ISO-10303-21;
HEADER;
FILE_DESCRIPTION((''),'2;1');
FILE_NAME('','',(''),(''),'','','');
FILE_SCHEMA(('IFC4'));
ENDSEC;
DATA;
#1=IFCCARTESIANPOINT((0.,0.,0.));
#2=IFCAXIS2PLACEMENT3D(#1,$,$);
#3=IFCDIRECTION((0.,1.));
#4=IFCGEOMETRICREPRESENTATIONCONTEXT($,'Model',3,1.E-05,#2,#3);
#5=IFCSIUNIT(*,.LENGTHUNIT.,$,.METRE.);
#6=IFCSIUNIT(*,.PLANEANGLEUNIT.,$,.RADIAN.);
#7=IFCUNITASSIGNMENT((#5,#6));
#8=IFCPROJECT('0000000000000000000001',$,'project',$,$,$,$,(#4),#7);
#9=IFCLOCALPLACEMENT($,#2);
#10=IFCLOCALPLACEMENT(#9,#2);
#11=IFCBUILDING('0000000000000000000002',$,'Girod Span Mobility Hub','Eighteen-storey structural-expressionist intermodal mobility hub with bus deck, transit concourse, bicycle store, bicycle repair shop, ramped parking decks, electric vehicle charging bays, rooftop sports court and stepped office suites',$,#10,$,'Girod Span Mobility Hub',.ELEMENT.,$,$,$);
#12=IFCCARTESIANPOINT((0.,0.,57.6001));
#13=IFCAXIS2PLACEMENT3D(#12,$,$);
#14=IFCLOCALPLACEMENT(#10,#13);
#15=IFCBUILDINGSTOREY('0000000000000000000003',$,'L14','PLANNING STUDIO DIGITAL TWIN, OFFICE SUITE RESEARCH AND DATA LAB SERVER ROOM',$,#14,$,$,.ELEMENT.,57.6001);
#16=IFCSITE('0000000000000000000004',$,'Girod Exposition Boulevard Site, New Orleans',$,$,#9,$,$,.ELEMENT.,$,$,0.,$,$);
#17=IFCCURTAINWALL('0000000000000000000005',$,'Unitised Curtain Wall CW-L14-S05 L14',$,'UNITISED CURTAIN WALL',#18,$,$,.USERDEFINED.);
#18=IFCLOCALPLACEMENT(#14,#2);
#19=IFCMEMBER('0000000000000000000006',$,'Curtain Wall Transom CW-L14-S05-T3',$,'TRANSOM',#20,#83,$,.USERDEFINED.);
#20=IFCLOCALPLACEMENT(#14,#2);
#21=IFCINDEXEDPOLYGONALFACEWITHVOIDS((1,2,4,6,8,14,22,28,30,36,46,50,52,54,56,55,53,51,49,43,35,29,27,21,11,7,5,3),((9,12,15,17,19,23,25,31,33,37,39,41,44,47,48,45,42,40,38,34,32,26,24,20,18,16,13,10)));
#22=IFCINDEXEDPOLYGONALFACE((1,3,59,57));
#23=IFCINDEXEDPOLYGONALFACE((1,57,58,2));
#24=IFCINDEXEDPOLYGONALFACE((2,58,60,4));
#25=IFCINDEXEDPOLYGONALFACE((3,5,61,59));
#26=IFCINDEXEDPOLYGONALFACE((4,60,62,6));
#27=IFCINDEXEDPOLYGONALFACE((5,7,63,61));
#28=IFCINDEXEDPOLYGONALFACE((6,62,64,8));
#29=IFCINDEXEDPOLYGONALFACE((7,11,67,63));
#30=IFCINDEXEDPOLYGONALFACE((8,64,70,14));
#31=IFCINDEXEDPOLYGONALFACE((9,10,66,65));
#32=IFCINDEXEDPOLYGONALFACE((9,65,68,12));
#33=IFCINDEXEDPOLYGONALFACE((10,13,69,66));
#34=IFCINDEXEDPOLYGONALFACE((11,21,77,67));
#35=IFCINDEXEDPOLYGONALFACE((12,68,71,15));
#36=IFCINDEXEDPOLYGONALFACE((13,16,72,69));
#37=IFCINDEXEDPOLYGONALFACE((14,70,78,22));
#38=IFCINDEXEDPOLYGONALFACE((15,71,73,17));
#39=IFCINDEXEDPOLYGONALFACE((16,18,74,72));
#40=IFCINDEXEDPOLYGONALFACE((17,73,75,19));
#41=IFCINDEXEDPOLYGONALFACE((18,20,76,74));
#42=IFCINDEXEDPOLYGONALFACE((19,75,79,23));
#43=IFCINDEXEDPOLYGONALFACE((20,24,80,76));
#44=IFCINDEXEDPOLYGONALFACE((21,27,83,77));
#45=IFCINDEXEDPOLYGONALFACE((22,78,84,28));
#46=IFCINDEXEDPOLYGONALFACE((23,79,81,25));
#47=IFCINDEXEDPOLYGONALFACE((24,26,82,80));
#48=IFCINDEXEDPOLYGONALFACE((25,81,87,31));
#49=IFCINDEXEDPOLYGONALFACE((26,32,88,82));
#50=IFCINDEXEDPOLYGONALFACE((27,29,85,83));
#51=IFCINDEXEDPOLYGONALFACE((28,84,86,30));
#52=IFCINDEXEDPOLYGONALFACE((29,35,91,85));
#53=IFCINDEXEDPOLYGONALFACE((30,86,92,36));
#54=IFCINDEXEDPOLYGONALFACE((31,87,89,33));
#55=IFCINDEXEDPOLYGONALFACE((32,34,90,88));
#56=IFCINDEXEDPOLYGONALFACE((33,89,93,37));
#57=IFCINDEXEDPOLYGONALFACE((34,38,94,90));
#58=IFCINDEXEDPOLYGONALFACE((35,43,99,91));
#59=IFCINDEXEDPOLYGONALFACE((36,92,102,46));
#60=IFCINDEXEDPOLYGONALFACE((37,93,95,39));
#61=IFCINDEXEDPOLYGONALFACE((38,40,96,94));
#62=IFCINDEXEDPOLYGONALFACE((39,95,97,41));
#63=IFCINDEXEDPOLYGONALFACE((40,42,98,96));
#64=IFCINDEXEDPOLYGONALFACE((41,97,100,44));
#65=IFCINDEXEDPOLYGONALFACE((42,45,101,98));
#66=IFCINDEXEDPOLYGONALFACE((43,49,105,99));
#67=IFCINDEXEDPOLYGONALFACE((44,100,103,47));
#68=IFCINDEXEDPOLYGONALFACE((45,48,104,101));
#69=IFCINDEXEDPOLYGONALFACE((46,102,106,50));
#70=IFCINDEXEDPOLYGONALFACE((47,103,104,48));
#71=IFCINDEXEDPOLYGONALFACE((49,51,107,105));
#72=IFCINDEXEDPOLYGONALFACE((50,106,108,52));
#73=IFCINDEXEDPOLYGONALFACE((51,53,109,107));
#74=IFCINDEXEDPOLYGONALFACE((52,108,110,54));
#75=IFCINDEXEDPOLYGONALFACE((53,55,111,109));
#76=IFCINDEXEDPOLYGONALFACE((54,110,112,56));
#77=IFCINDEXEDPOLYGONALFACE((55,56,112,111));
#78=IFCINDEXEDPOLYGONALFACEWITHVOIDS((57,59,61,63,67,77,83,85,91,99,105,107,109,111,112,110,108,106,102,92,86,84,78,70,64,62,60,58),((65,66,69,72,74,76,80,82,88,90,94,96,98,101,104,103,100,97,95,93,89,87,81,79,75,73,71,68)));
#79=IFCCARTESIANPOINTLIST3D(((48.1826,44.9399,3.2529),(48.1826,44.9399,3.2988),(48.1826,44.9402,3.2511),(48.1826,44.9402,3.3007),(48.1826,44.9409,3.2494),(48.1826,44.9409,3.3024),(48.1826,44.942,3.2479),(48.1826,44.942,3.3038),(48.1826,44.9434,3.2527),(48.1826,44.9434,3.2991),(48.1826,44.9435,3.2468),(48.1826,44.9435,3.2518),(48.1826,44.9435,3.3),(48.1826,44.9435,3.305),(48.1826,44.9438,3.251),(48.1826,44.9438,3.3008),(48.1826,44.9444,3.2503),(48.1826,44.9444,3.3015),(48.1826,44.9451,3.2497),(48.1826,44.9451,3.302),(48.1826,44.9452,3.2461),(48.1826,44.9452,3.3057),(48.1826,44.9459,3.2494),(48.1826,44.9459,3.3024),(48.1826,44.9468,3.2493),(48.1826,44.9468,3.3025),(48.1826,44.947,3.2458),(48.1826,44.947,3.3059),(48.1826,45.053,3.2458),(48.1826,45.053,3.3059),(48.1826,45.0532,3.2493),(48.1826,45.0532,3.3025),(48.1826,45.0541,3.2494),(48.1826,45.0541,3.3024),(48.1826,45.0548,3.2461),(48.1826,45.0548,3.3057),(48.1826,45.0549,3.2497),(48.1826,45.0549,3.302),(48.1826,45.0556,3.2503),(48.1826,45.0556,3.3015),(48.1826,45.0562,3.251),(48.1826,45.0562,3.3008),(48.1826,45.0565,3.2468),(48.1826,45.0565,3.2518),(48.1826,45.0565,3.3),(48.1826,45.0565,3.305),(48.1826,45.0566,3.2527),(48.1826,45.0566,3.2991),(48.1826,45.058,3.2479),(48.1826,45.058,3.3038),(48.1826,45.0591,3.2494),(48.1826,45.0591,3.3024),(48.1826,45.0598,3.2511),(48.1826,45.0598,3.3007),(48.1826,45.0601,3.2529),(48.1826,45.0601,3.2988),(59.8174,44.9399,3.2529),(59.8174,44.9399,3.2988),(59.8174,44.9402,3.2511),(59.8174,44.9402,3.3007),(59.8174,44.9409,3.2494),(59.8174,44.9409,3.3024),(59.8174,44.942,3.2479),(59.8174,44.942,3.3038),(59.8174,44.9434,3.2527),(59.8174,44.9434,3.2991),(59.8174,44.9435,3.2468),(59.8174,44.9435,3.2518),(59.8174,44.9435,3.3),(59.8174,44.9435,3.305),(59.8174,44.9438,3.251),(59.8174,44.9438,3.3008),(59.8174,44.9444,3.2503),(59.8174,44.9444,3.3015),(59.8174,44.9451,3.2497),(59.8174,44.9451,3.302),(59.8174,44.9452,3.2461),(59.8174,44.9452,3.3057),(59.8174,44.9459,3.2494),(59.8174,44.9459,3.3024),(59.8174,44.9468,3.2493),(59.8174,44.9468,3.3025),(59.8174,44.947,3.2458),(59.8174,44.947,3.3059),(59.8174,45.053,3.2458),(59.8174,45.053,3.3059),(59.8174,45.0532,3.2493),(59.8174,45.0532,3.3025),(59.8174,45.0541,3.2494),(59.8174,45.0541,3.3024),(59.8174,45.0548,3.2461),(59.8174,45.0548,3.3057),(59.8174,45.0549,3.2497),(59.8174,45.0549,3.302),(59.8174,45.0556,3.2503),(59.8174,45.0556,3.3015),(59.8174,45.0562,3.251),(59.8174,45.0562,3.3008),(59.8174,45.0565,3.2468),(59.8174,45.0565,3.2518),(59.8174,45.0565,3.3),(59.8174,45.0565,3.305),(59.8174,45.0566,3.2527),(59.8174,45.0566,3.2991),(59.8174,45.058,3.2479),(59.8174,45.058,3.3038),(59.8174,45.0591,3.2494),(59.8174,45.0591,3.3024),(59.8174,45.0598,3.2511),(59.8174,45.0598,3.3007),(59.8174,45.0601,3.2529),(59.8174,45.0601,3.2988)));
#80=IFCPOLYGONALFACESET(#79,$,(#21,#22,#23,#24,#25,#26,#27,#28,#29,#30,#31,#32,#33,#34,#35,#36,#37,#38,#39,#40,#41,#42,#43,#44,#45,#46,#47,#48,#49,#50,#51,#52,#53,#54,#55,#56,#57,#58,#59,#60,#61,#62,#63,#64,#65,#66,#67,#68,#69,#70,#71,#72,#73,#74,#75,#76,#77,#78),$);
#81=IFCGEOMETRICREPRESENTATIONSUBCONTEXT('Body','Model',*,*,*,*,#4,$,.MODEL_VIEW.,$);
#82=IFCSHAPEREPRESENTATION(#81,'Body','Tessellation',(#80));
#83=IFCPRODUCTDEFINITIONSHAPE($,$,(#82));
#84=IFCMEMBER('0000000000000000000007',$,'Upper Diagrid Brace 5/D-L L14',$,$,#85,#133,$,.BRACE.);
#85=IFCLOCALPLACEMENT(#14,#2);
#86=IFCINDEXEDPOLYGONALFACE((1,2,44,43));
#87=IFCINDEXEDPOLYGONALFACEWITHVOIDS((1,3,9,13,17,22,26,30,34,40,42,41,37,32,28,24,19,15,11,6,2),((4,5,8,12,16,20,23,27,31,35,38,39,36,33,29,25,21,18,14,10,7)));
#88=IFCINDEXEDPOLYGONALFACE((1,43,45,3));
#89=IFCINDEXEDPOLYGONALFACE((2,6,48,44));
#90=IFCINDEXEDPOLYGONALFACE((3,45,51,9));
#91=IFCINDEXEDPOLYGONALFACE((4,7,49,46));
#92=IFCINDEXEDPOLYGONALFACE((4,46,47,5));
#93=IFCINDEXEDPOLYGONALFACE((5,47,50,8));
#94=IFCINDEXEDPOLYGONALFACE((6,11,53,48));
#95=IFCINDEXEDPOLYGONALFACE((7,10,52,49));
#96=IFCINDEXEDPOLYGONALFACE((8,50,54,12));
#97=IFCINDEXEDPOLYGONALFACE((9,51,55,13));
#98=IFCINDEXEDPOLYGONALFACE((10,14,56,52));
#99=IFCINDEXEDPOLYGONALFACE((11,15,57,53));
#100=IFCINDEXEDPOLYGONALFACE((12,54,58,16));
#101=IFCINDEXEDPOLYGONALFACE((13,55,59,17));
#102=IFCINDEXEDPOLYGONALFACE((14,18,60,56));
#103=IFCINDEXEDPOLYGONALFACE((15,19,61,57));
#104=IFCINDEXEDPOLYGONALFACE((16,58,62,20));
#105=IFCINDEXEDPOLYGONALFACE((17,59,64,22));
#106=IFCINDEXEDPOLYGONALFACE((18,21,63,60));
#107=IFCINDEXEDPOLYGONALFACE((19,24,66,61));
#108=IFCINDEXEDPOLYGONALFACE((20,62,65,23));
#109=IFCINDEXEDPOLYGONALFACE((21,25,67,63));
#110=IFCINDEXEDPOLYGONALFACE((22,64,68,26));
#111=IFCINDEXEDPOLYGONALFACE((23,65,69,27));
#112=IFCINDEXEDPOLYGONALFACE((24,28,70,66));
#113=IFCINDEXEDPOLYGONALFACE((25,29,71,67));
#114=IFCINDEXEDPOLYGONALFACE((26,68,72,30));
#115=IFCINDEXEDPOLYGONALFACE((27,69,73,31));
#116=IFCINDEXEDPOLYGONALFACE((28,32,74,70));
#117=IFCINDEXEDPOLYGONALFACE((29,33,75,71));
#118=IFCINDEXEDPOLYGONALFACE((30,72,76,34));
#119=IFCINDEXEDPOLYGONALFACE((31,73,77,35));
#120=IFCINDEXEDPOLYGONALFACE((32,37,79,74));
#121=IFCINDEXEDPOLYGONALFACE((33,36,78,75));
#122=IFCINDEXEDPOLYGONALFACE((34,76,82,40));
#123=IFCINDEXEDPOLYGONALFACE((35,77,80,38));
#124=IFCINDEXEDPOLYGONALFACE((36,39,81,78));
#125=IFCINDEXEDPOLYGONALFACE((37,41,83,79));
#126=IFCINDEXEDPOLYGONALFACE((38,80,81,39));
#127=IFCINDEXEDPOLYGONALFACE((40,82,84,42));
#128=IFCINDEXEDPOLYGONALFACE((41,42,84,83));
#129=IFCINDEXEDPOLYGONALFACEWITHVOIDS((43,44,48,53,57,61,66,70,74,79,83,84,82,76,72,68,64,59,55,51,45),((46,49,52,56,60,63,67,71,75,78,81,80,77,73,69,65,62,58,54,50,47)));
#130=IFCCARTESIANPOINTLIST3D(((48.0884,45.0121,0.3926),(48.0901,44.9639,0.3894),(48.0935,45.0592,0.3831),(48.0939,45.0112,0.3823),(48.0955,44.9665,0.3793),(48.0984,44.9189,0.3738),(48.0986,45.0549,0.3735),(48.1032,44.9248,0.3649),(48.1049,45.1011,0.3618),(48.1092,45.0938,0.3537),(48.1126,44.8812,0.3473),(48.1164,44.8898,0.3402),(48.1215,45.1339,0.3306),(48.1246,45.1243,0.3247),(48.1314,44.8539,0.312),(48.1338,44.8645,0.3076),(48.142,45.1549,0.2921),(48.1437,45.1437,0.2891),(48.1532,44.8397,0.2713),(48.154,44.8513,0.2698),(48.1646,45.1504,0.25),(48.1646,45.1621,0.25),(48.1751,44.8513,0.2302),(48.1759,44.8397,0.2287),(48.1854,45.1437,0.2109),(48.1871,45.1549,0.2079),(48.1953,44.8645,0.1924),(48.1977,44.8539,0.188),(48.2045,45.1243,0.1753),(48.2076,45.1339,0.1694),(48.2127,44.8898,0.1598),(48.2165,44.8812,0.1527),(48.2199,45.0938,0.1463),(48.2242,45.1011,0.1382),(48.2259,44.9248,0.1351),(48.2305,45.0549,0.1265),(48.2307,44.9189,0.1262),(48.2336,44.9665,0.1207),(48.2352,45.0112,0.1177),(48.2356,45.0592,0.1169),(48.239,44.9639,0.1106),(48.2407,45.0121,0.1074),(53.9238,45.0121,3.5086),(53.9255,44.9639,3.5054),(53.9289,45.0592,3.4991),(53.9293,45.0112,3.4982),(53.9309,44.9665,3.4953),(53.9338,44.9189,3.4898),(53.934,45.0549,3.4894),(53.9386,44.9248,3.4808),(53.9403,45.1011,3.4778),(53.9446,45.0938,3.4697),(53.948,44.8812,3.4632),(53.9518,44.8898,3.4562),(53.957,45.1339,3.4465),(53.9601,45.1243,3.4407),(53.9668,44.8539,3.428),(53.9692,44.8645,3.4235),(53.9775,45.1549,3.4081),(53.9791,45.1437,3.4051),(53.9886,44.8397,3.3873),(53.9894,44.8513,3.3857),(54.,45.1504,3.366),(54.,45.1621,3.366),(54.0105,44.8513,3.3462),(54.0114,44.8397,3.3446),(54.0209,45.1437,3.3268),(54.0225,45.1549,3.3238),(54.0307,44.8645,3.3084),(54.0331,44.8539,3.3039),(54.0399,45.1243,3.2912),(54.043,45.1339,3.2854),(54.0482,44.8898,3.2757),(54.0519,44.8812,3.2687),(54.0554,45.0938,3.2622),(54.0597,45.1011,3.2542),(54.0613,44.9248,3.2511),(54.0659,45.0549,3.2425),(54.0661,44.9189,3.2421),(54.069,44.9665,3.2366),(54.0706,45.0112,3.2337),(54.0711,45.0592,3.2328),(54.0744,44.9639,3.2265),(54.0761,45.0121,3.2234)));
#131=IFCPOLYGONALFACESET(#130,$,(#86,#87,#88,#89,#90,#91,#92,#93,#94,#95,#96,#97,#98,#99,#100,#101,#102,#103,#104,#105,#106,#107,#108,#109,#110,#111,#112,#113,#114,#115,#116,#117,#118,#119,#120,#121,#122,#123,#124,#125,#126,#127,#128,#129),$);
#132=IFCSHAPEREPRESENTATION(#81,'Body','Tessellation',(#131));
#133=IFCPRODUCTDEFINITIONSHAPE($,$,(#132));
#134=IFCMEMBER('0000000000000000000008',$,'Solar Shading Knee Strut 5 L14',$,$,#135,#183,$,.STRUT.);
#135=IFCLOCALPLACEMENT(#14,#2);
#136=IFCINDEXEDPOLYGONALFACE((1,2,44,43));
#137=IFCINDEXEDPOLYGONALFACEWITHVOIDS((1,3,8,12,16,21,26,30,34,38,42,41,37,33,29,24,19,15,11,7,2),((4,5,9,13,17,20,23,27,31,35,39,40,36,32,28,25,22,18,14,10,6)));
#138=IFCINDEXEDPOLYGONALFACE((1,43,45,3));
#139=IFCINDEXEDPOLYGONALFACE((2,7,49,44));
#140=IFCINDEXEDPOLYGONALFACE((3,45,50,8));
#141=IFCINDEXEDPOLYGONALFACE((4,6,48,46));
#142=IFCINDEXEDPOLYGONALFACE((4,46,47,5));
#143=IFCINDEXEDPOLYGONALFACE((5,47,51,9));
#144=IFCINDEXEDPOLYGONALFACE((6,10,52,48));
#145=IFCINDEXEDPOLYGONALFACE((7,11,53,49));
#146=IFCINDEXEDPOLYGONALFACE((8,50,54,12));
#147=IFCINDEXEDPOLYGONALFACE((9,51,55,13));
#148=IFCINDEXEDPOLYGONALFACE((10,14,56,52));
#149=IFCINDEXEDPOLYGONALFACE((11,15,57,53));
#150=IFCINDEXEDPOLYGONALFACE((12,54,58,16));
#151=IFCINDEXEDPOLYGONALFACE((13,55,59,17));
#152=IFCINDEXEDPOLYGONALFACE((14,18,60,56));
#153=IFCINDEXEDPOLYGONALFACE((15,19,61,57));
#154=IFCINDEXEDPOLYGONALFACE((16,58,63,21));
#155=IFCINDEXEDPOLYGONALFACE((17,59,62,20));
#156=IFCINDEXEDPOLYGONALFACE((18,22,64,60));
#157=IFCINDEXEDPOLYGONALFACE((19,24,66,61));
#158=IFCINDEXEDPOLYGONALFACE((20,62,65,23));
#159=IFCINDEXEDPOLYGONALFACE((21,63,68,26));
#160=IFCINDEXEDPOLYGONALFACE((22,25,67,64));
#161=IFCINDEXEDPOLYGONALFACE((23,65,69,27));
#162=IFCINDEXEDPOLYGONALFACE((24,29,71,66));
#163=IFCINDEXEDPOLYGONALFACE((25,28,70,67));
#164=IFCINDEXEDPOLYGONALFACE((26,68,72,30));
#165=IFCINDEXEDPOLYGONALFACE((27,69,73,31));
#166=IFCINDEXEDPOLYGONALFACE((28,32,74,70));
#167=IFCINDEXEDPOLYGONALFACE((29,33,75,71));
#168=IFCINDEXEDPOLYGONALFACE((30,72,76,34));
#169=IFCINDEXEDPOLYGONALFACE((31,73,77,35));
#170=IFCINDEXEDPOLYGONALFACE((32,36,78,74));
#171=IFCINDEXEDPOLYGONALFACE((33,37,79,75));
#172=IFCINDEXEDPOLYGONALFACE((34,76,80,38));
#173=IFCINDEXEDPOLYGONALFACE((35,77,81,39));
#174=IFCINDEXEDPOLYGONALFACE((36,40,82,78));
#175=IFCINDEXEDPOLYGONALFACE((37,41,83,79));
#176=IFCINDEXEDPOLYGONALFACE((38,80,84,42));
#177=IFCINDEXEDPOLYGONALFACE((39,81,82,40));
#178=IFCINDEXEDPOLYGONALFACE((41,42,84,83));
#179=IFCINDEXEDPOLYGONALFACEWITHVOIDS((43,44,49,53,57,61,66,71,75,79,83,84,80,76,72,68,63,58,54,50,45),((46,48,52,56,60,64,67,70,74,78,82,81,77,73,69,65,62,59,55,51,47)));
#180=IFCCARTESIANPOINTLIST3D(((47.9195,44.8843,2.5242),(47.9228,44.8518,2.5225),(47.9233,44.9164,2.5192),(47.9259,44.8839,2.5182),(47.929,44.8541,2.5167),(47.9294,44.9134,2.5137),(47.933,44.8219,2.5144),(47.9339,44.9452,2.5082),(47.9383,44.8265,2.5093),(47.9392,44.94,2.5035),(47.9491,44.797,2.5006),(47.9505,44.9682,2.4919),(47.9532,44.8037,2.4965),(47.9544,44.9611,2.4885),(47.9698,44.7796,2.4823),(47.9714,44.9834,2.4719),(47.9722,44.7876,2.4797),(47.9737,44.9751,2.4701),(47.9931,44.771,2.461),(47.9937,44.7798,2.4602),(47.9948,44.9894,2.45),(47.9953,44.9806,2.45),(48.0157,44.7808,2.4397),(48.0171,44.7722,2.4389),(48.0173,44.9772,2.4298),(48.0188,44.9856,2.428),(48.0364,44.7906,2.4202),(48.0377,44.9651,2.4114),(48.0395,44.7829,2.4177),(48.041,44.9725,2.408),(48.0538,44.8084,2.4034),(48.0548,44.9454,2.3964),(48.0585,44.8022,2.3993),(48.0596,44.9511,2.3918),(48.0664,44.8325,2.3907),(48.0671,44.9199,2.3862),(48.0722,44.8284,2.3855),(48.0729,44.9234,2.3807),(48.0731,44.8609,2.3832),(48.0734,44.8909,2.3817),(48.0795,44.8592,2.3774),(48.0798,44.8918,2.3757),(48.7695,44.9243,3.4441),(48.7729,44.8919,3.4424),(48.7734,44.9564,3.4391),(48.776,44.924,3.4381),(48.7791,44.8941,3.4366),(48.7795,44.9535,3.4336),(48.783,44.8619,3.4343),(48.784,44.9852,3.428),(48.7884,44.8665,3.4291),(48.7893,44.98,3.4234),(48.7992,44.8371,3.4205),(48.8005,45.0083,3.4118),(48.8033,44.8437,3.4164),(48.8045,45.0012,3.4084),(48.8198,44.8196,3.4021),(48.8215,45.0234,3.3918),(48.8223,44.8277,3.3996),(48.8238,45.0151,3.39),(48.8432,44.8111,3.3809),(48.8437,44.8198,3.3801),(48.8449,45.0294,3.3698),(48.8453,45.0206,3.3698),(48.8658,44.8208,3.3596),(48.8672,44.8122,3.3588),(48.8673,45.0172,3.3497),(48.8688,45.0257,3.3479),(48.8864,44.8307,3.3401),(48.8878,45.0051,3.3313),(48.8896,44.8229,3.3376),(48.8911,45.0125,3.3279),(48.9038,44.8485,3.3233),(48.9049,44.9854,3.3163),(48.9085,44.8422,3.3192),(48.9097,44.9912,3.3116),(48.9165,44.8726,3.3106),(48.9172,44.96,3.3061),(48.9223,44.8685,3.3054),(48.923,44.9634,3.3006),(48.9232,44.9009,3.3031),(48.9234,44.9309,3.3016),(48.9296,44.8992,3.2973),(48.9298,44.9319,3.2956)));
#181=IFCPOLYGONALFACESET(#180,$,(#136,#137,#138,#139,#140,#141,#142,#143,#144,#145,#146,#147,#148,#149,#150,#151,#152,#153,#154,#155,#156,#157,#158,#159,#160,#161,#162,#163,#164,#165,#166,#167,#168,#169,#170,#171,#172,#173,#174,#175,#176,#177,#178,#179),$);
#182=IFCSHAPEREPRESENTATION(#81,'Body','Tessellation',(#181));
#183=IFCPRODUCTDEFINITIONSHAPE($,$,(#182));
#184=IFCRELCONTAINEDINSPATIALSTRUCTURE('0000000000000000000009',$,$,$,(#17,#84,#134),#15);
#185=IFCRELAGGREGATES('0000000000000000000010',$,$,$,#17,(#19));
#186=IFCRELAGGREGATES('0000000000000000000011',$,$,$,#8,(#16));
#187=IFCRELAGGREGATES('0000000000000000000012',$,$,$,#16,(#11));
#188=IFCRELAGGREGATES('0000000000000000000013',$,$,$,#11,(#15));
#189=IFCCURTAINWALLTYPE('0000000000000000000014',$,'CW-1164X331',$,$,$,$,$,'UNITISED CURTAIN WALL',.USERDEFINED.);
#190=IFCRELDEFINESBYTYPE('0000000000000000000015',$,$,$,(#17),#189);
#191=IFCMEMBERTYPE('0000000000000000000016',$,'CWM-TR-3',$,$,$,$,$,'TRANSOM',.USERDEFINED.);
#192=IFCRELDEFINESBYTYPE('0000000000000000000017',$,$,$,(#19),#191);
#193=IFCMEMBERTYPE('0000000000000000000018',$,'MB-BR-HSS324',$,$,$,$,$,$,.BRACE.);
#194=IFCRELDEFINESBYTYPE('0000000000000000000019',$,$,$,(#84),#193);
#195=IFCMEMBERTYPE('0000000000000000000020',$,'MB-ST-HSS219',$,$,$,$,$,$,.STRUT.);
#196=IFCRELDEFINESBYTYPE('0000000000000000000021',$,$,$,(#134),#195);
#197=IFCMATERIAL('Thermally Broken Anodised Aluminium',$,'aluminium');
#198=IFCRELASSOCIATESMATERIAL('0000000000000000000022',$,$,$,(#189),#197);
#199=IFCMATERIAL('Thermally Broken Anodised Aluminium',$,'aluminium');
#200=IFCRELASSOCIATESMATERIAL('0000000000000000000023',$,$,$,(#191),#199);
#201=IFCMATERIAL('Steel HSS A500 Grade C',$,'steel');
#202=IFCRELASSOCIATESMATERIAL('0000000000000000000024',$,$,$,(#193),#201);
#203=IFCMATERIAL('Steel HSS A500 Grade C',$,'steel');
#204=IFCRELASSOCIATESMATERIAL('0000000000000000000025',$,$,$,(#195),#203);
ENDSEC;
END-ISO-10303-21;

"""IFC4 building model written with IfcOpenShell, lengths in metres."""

from ifc_helpers import new_model, si_unit, direction, frame, origin, origin_2d, place, context, subcontext, project, spatial, hollow_rectangle, hollow_circle, extrude, material, material_profile, profile_set, type_object, element, aggregate, save


model = new_model("IFC4")

# Units and contexts
model_context = context("Model", 3, precision=1e-05, world=origin(), true_north=direction((0.0, 1.0)))
body_context = subcontext(model_context, "Body", "Model", "MODEL_VIEW")
ifc_project = project(units=[si_unit("LENGTHUNIT", "METRE"), si_unit("PLANEANGLEUNIT", "RADIAN")], contexts=[model_context])

# Site, building, storey
site_placement = place(None, origin())
site = spatial("IfcSite", under=ifc_project, at=site_placement, Name="Girod Exposition Boulevard Site, New Orleans", CompositionType="ELEMENT", RefElevation=0.0)
building_placement = place(site_placement, origin())
building = spatial("IfcBuilding", under=site, at=building_placement, Name="Girod Span Mobility Hub", Description="Eighteen-storey structural-expressionist intermodal mobility hub with bus deck, transit concourse, bicycle store, bicycle repair shop, ramped parking decks, electric vehicle charging bays, rooftop sports court and stepped office suites", LongName="Girod Span Mobility Hub", CompositionType="ELEMENT")
storey_placement = place(building_placement, frame((0.0, 0.0, 57.6001)))
storey = spatial("IfcBuildingStorey", under=building, at=storey_placement, Name="L14", Description="PLANNING STUDIO DIGITAL TWIN, OFFICE SUITE RESEARCH AND DATA LAB SERVER ROOM", CompositionType="ELEMENT", Elevation=57.6001)

# Curtain wall, member
ifc_material_1 = material(Name="Thermally Broken Anodised Aluminium", Category="aluminium")
curtain_wall_type = type_object("IfcCurtainWallType", Name="CW-1164X331", ElementType="UNITISED CURTAIN WALL", PredefinedType="USERDEFINED", material=ifc_material_1)
curtain_wall_placement = place(storey_placement, origin())
curtain_wall = element("IfcCurtainWall", 1, at=curtain_wall_placement, inside=storey, type_object=curtain_wall_type, Name="Unitised Curtain Wall CW-L14-S05 L14", ObjectType="UNITISED CURTAIN WALL", PredefinedType="USERDEFINED")
ifc_material_2 = material(Name="Thermally Broken Anodised Aluminium", Category="aluminium")
ifc_material_profile_1 = material_profile(ifc_material_2, hollow_rectangle(XDim=0.1201, YDim=0.0601, WallThickness=0.0034, InnerFilletRadius=0.0034, OuterFilletRadius=0.0071, at=origin_2d()), Name="CW-TR-60X120")
ifc_profile_set_1 = profile_set([ifc_material_profile_1], Name="Thermally Broken Anodised Aluminium")
member_type_1 = type_object("IfcMemberType", Name="CWM-TR-3", ElementType="TRANSOM", PredefinedType="USERDEFINED", material=ifc_profile_set_1)
member_1_placement = place(storey_placement, frame((48.1826, 45.0, 3.2759), z_axis=(1.0, 0.0, 0.0), x_axis=(0.0, 1.0, 0.0)))
member_1 = element("IfcMember", 2, at=member_1_placement, type_object=member_type_1, Name="Curtain Wall Transom CW-L14-S05-T3", ObjectType="TRANSOM", PredefinedType="USERDEFINED", context=body_context, shape_type="SweptSolid", body=[
    extrude(hollow_rectangle(XDim=0.1201, YDim=0.0601, WallThickness=0.0034, InnerFilletRadius=0.0034, OuterFilletRadius=0.0071, at=origin_2d()), origin(), (0.0, 0.0, 1.0), 11.6348),
])
aggregate(curtain_wall, [member_1])

# Members
ifc_material_3 = material(Name="Steel HSS A500 Grade C", Category="steel")
ifc_material_profile_2 = material_profile(ifc_material_3, hollow_circle(Radius=0.1621, WallThickness=0.0117, at=origin_2d()), Name="HSS324X12.7")
ifc_profile_set_2 = profile_set([ifc_material_profile_2], Name="Steel HSS A500 Grade C")
member_type_2 = type_object("IfcMemberType", Name="MB-BR-HSS324", PredefinedType="BRACE", material=ifc_profile_set_2)
member_2_placement = place(storey_placement, frame((48.1646, 45.0, 0.25), z_axis=(0.882119, 0.0, 0.471027), x_axis=(0.0, 1.0, 0.0)))
element("IfcMember", 3, at=member_2_placement, inside=storey, type_object=member_type_2, Name="Upper Diagrid Brace 5/D-L L14", PredefinedType="BRACE", context=body_context, shape_type="SweptSolid", body=[
    extrude(hollow_circle(Radius=0.1621, WallThickness=0.0117, at=origin_2d()), origin(), (0.0, 0.0, 1.0), 6.6152),
])
ifc_material_4 = material(Name="Steel HSS A500 Grade C", Category="steel")
ifc_material_profile_3 = material_profile(ifc_material_4, hollow_circle(Radius=0.1096, WallThickness=0.0088, at=origin_2d()), Name="HSS219X9.5")
ifc_profile_set_3 = profile_set([ifc_material_profile_3], Name="Steel HSS A500 Grade C")
member_type_3 = type_object("IfcMemberType", Name="MB-ST-HSS219", PredefinedType="STRUT", material=ifc_profile_set_3)
member_3_placement = place(storey_placement, frame((48.0, 44.8799, 2.45), z_axis=(0.678338, 0.031949, 0.734055), x_axis=(-0.047047, 0.998893, 0.0)))
element("IfcMember", 4, at=member_3_placement, inside=storey, type_object=member_type_3, Name="Solar Shading Knee Strut 5 L14", PredefinedType="STRUT", context=body_context, shape_type="SweptSolid", body=[
    extrude(hollow_circle(Radius=0.1096, WallThickness=0.0088, at=origin_2d()), origin(), (0.0, 0.0, 1.0), 1.2532),
])

save(model, "model.ifc")
